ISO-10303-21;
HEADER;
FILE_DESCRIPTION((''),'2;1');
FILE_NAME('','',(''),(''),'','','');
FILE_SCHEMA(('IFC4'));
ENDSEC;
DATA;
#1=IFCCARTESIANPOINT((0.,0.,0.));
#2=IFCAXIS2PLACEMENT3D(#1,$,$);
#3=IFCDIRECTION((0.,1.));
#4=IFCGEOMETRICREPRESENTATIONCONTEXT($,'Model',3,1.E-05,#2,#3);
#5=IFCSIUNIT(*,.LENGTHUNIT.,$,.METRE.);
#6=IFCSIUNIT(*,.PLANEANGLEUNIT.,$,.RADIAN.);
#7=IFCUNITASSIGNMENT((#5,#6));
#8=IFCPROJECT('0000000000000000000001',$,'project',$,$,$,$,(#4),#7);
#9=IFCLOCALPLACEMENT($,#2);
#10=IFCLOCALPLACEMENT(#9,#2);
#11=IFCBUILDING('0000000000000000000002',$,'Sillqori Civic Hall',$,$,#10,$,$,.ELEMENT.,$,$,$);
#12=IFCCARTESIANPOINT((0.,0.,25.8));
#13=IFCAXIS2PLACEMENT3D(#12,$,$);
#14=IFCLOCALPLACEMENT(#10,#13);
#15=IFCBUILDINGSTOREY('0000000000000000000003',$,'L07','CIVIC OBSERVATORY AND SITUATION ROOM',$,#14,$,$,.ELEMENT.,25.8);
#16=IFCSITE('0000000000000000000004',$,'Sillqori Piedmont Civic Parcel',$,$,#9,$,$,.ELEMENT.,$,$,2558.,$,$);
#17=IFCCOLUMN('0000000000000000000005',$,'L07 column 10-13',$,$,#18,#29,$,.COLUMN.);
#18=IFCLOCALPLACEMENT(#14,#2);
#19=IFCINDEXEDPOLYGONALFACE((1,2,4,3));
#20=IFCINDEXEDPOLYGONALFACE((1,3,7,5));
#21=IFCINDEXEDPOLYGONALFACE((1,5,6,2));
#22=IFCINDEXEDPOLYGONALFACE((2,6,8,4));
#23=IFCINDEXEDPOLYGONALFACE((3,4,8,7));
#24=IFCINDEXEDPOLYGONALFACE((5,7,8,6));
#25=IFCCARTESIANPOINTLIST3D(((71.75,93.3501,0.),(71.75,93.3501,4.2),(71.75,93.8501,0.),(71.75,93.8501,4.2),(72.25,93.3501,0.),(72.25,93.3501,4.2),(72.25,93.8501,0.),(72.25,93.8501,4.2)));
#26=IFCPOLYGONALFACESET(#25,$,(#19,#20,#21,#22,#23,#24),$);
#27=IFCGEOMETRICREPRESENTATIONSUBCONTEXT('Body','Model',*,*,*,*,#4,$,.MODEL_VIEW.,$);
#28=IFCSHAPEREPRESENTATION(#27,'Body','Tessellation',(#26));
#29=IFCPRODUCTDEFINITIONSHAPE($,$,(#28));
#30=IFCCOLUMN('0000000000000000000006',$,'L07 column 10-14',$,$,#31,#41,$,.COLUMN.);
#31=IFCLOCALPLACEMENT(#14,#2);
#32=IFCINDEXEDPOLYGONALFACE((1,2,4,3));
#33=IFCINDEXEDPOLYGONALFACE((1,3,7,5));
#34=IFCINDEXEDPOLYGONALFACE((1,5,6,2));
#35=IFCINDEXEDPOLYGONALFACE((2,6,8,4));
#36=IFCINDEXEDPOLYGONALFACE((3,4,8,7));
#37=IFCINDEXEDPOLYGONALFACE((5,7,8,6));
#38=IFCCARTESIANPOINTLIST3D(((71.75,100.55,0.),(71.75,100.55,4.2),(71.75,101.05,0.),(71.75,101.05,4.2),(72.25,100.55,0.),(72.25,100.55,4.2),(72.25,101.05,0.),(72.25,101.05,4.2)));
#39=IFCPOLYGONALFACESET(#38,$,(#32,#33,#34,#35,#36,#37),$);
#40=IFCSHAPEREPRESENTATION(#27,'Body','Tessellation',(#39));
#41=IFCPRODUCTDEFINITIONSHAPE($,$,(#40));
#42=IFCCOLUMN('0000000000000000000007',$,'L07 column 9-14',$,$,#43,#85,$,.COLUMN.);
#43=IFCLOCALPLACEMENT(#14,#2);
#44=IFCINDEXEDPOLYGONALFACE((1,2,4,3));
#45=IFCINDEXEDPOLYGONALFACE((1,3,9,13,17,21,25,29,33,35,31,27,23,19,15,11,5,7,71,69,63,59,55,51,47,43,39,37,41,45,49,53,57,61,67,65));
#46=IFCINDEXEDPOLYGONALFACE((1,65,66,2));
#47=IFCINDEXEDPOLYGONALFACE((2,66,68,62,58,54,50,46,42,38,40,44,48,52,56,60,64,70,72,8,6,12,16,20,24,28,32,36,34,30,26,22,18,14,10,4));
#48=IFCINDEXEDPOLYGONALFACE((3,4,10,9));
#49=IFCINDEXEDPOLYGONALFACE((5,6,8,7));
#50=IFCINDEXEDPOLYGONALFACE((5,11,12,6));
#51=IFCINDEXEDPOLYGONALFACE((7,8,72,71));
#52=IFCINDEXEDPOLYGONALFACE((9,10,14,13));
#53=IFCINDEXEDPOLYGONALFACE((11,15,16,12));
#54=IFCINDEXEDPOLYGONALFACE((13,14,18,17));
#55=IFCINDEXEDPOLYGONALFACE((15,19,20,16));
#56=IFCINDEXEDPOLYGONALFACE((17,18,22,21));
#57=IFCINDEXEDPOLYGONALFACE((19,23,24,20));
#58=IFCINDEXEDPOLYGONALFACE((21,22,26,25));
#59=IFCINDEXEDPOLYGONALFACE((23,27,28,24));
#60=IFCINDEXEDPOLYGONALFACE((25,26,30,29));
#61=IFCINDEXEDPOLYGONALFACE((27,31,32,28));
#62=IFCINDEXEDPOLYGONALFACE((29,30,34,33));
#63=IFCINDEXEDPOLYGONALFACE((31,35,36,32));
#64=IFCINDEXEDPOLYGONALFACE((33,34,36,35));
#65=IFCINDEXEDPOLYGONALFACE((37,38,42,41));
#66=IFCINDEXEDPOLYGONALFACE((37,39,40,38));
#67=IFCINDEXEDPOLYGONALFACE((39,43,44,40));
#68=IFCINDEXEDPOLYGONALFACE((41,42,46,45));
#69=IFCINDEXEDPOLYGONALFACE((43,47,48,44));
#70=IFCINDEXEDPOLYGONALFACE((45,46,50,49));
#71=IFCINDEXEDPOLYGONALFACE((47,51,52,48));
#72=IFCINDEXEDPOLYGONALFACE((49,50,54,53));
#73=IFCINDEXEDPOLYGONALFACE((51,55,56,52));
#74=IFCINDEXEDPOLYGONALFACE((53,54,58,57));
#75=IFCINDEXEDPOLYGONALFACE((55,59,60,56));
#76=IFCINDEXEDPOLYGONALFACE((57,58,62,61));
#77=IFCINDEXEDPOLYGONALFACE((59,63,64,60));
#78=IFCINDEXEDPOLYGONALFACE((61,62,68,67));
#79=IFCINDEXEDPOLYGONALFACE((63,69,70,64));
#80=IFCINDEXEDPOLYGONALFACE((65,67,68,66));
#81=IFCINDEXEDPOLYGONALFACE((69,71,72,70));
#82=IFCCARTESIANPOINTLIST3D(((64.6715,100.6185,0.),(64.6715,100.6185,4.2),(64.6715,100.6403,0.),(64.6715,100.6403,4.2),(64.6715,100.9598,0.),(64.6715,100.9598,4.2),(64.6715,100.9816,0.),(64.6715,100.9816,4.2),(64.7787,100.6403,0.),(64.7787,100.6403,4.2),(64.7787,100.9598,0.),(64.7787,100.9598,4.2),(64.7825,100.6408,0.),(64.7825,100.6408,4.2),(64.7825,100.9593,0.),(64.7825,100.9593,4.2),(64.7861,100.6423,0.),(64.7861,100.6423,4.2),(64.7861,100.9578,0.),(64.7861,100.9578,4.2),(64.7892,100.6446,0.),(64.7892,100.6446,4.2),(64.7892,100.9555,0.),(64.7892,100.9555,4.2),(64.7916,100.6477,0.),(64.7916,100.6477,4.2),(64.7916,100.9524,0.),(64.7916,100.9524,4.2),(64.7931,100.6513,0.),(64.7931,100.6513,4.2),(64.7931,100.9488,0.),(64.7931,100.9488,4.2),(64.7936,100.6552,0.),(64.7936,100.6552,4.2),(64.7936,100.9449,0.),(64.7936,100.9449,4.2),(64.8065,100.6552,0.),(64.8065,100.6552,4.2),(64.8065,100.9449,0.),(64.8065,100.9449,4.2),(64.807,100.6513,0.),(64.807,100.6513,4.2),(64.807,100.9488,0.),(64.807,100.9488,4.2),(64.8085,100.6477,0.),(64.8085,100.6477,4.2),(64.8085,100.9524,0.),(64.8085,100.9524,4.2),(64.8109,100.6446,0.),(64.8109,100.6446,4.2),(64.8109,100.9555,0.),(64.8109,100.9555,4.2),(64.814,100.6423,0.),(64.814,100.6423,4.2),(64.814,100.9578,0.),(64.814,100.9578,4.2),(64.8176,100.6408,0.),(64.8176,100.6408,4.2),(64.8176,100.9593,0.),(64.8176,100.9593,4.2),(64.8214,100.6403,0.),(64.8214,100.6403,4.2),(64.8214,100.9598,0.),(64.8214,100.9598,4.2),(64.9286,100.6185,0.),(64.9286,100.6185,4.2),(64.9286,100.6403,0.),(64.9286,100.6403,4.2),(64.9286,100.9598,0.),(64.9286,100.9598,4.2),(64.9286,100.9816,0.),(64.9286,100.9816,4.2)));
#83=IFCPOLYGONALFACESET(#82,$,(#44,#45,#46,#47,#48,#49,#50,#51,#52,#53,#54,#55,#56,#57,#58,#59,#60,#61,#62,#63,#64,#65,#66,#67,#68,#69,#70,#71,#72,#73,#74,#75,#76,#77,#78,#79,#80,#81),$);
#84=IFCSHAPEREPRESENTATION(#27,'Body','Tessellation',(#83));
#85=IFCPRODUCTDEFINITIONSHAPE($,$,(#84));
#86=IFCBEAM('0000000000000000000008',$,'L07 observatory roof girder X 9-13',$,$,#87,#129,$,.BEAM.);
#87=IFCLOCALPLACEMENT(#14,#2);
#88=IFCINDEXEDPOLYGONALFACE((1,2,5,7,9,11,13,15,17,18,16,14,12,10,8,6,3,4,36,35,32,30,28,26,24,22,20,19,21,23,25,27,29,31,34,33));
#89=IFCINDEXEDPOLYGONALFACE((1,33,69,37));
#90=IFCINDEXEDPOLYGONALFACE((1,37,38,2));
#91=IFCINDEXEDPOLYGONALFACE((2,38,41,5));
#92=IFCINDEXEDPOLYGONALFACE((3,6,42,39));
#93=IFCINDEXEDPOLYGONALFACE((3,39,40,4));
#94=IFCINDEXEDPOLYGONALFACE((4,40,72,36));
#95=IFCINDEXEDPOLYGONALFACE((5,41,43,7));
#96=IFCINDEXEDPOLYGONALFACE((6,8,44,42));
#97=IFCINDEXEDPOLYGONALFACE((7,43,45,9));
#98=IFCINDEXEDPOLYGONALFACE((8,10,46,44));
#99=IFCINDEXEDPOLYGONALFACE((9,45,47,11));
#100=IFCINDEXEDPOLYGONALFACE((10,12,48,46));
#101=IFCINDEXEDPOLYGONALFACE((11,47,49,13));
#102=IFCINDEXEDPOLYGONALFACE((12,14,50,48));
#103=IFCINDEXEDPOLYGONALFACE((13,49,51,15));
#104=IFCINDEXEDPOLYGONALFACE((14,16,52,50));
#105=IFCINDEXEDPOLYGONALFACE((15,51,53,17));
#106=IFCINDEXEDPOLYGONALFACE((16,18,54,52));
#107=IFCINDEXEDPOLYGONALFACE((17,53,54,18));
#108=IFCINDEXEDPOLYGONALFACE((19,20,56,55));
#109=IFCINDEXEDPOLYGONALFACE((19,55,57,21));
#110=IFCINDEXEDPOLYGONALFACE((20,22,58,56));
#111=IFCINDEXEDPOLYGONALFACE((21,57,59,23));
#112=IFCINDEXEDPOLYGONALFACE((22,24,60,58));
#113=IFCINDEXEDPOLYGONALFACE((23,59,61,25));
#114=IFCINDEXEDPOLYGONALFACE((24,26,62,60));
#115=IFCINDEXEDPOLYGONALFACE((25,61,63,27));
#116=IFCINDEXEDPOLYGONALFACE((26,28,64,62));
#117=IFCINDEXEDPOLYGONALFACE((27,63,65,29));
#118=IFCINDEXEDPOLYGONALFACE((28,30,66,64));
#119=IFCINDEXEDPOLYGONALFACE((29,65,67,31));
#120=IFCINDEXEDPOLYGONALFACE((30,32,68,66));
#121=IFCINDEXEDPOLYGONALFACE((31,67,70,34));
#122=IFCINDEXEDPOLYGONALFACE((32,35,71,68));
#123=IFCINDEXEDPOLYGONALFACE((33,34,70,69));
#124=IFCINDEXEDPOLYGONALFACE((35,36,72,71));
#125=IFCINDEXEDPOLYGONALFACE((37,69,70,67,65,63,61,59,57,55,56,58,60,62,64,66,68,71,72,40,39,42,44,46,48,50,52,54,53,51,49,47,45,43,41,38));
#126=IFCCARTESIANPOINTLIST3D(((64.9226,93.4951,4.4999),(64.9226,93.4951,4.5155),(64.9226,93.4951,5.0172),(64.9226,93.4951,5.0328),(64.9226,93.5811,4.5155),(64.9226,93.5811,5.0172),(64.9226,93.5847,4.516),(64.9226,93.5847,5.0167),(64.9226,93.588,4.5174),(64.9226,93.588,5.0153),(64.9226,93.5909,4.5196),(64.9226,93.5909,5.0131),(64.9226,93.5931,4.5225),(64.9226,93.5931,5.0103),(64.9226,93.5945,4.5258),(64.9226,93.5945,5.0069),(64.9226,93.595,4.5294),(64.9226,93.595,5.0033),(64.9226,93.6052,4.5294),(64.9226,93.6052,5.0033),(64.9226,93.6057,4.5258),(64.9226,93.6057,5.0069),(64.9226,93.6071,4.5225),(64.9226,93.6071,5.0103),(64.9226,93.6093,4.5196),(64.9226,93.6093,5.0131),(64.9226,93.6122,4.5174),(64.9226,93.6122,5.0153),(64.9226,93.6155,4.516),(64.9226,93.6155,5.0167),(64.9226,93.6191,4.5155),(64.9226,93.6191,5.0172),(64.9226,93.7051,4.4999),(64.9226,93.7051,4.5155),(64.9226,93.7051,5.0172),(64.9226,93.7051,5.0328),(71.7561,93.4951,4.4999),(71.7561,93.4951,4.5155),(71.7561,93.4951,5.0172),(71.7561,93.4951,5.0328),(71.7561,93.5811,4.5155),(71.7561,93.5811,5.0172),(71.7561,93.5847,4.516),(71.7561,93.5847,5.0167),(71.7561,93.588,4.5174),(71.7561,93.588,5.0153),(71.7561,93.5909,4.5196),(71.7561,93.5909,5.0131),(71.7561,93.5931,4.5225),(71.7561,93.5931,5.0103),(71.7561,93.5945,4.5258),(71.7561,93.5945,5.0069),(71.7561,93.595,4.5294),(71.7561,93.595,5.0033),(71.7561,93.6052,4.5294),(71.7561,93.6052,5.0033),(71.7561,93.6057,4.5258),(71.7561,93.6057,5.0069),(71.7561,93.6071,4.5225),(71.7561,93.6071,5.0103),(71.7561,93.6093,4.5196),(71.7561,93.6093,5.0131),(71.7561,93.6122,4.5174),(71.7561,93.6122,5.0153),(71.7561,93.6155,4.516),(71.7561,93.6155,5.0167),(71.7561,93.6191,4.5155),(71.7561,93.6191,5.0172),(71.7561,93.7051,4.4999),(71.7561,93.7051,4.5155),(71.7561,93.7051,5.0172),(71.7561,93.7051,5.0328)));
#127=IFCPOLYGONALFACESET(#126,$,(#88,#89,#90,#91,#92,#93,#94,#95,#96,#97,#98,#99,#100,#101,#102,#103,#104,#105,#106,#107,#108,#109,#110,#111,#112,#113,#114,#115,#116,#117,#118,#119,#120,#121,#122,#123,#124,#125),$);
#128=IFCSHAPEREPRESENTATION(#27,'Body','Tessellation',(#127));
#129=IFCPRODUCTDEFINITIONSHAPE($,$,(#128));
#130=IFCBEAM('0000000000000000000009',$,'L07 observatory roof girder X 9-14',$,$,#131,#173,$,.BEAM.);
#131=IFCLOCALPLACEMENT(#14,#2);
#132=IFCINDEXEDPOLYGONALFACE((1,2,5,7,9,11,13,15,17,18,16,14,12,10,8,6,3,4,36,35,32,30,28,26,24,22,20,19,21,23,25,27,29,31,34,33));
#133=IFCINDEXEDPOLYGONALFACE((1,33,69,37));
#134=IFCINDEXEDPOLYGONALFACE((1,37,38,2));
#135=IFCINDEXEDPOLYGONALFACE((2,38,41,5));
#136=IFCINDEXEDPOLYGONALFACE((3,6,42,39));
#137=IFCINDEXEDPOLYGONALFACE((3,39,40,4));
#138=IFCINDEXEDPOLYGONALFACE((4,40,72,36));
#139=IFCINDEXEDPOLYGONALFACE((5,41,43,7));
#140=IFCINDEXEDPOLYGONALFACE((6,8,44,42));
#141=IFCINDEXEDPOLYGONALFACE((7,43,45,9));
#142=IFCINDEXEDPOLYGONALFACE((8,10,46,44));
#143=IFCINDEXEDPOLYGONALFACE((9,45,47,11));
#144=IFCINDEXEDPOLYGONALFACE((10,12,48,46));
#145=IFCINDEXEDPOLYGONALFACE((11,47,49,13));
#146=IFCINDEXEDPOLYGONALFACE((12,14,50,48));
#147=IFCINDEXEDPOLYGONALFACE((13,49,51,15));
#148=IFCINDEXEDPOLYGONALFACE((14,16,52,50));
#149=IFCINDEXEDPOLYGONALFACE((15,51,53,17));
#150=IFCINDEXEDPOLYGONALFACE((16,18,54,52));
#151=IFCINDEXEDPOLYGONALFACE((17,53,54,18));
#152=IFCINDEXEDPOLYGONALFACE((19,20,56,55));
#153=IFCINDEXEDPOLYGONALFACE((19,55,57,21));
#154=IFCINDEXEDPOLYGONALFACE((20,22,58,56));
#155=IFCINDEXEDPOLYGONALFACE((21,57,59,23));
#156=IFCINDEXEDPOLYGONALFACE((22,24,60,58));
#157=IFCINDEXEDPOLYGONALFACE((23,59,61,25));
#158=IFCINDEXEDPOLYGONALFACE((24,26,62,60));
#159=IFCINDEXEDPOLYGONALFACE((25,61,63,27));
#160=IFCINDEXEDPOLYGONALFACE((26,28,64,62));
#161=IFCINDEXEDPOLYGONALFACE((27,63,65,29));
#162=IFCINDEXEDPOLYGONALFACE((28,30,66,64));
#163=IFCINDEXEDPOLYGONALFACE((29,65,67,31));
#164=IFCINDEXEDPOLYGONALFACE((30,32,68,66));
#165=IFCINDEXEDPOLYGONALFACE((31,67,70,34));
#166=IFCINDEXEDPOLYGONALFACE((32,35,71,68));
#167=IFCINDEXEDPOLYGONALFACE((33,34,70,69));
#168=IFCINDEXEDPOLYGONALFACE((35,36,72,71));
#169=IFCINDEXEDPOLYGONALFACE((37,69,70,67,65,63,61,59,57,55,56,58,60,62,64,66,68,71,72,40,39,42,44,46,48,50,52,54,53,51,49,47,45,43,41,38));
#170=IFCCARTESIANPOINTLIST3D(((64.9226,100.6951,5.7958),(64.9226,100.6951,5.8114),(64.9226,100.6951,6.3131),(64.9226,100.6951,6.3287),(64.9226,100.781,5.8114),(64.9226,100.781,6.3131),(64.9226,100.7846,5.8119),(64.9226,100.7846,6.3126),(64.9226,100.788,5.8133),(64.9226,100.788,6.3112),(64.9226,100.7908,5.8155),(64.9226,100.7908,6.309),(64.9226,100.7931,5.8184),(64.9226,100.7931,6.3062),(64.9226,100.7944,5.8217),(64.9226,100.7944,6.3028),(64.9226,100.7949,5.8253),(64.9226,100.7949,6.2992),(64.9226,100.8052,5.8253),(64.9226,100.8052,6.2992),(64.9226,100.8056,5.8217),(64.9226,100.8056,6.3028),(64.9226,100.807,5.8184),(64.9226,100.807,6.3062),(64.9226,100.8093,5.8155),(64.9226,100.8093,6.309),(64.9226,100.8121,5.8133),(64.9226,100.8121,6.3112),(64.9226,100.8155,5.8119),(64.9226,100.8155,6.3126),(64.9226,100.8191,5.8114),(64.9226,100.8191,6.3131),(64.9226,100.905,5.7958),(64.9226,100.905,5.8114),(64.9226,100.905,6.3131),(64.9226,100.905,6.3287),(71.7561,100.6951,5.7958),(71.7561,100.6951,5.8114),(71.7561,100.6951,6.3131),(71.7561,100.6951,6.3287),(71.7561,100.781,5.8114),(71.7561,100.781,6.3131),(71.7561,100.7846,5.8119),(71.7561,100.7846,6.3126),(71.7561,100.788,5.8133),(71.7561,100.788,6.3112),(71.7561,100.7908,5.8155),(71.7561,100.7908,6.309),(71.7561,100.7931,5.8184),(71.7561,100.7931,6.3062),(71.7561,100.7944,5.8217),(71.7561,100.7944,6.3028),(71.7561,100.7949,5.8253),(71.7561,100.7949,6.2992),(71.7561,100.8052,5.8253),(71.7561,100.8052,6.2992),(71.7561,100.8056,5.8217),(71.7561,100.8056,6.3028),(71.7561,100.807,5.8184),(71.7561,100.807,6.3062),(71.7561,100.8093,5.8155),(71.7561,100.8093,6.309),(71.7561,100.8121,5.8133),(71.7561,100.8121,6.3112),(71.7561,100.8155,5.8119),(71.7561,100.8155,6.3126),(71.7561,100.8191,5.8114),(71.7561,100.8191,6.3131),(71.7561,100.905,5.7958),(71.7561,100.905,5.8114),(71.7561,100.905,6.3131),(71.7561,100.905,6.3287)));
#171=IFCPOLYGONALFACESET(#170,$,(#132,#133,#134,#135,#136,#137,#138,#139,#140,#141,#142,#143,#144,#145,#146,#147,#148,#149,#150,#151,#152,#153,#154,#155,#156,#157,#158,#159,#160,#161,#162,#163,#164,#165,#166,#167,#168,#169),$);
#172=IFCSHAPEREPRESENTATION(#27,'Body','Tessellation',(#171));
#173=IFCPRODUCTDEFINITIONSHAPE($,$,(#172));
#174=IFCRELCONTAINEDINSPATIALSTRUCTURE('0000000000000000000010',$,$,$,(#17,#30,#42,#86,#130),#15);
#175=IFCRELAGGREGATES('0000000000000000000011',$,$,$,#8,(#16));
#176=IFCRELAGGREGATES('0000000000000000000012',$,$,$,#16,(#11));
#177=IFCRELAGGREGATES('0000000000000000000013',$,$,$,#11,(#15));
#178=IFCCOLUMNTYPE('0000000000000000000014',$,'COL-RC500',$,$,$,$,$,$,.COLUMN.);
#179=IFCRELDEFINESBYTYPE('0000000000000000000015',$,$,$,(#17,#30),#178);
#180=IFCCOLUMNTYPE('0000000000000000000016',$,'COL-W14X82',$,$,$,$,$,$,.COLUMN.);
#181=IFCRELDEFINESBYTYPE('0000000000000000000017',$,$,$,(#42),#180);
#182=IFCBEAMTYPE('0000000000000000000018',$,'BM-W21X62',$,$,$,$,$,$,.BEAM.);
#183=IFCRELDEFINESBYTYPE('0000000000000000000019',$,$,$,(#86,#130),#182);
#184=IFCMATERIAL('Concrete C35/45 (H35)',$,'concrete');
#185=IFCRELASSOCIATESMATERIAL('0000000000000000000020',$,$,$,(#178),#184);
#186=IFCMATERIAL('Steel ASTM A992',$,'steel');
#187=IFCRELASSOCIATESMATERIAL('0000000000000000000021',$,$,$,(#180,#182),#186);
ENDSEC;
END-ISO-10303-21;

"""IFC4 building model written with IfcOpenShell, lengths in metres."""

from ifc_helpers import new_model, si_unit, direction, frame, origin, origin_2d, place, context, subcontext, project, spatial, rectangle, i_section, extrude, material, material_profile, profile_set, type_object, element, save


model = new_model("IFC4")

# Units and contexts
model_context = context("Model", 3, precision=1e-05, world=origin(), true_north=direction((0.0, 1.0)))
body_context = subcontext(model_context, "Body", "Model", "MODEL_VIEW")
ifc_project = project(units=[si_unit("LENGTHUNIT", "METRE"), si_unit("PLANEANGLEUNIT", "RADIAN")], contexts=[model_context])

# Site, building, storey
site_placement = place(None, origin())
site = spatial("IfcSite", under=ifc_project, at=site_placement, Name="Sillqori Piedmont Civic Parcel", CompositionType="ELEMENT", RefElevation=2558.0)
building_placement = place(site_placement, origin())
building = spatial("IfcBuilding", under=site, at=building_placement, Name="Sillqori Civic Hall", CompositionType="ELEMENT")
storey_placement = place(building_placement, frame((0.0, 0.0, 25.8)))
storey = spatial("IfcBuildingStorey", under=building, at=storey_placement, Name="L07", Description="CIVIC OBSERVATORY AND SITUATION ROOM", CompositionType="ELEMENT", Elevation=25.8)

# Columns
ifc_material_1 = material(Name="Concrete C35/45 (H35)", Category="concrete")
ifc_material_profile_1 = material_profile(ifc_material_1, rectangle(XDim=0.5, YDim=0.5, at=origin_2d()), Name="RC 500x500")
ifc_profile_set_1 = profile_set([ifc_material_profile_1], Name="Concrete C35/45 (H35)")
column_type_1 = type_object("IfcColumnType", Name="COL-RC500", PredefinedType="COLUMN", material=ifc_profile_set_1)
for number, where, z_axis, x_axis, name in (
    (1, (72.0, 93.6001, 0.0), (0.0, 0.0, 1.0), (1.0, 0.0, 0.0), "L07 column 10-13"),
    (2, (72.0, 100.8, 0.0), (0.0, 0.0, 1.0), (1.0, 0.0, 0.0), "L07 column 10-14"),
):
    element("IfcColumn", number, at=place(storey_placement, frame(where, z_axis=z_axis, x_axis=x_axis)), inside=storey, type_object=column_type_1, Name=name, PredefinedType="COLUMN", context=body_context, shape_type="SweptSolid", body=[
        extrude(rectangle(XDim=0.5, YDim=0.5, at=origin_2d()), origin(), (0.0, 0.0, 1.0), 4.2),
    ])
ifc_material_2 = material(Name="Steel ASTM A992", Category="steel")
ifc_material_profile_2 = material_profile(ifc_material_2, i_section(OverallWidth=0.2571, OverallDepth=0.363, WebThickness=0.0129, FlangeThickness=0.0217, FilletRadius=0.0149, at=origin_2d()), Name="W14X82")
ifc_profile_set_2 = profile_set([ifc_material_profile_2], Name="Steel ASTM A992")
column_type_2 = type_object("IfcColumnType", Name="COL-W14X82", PredefinedType="COLUMN", material=ifc_profile_set_2)
column_placement = place(storey_placement, frame((64.8, 100.8, 0.0), z_axis=(0.0, 0.0, 1.0), x_axis=(1.0, 0.0, 0.0)))
element("IfcColumn", 3, at=column_placement, inside=storey, type_object=column_type_2, Name="L07 column 9-14", PredefinedType="COLUMN", context=body_context, shape_type="SweptSolid", body=[
    extrude(i_section(OverallWidth=0.2571, OverallDepth=0.363, WebThickness=0.0129, FlangeThickness=0.0217, FilletRadius=0.0149, at=origin_2d()), origin(), (0.0, 0.0, 1.0), 4.2),
])

# Beams
ifc_material_profile_3 = material_profile(ifc_material_2, i_section(OverallWidth=0.21, OverallDepth=0.533, WebThickness=0.0103, FlangeThickness=0.0156, FilletRadius=0.0139, at=origin_2d()), Name="W21X62")
ifc_profile_set_3 = profile_set([ifc_material_profile_3], Name="Steel ASTM A992")
beam_type = type_object("IfcBeamType", Name="BM-W21X62", PredefinedType="BEAM", material=ifc_profile_set_3)
for number, where, z_axis, x_axis, name in (
    (4, (64.9226, 93.6001, 4.7664), (1.0, 0.0, 0.0), (0.0, 1.0, 0.0), "L07 observatory roof girder X 9-13"),
    (5, (64.9226, 100.8, 6.0623), (1.0, 0.0, 0.0), (0.0, 1.0, 0.0), "L07 observatory roof girder X 9-14"),
):
    element("IfcBeam", number, at=place(storey_placement, frame(where, z_axis=z_axis, x_axis=x_axis)), inside=storey, type_object=beam_type, Name=name, PredefinedType="BEAM", context=body_context, shape_type="SweptSolid", body=[
        extrude(i_section(OverallWidth=0.21, OverallDepth=0.533, WebThickness=0.0103, FlangeThickness=0.0156, FilletRadius=0.0139, at=origin_2d()), origin(), (0.0, 0.0, 1.0), 6.8335),
    ])

save(model, "model.ifc")
